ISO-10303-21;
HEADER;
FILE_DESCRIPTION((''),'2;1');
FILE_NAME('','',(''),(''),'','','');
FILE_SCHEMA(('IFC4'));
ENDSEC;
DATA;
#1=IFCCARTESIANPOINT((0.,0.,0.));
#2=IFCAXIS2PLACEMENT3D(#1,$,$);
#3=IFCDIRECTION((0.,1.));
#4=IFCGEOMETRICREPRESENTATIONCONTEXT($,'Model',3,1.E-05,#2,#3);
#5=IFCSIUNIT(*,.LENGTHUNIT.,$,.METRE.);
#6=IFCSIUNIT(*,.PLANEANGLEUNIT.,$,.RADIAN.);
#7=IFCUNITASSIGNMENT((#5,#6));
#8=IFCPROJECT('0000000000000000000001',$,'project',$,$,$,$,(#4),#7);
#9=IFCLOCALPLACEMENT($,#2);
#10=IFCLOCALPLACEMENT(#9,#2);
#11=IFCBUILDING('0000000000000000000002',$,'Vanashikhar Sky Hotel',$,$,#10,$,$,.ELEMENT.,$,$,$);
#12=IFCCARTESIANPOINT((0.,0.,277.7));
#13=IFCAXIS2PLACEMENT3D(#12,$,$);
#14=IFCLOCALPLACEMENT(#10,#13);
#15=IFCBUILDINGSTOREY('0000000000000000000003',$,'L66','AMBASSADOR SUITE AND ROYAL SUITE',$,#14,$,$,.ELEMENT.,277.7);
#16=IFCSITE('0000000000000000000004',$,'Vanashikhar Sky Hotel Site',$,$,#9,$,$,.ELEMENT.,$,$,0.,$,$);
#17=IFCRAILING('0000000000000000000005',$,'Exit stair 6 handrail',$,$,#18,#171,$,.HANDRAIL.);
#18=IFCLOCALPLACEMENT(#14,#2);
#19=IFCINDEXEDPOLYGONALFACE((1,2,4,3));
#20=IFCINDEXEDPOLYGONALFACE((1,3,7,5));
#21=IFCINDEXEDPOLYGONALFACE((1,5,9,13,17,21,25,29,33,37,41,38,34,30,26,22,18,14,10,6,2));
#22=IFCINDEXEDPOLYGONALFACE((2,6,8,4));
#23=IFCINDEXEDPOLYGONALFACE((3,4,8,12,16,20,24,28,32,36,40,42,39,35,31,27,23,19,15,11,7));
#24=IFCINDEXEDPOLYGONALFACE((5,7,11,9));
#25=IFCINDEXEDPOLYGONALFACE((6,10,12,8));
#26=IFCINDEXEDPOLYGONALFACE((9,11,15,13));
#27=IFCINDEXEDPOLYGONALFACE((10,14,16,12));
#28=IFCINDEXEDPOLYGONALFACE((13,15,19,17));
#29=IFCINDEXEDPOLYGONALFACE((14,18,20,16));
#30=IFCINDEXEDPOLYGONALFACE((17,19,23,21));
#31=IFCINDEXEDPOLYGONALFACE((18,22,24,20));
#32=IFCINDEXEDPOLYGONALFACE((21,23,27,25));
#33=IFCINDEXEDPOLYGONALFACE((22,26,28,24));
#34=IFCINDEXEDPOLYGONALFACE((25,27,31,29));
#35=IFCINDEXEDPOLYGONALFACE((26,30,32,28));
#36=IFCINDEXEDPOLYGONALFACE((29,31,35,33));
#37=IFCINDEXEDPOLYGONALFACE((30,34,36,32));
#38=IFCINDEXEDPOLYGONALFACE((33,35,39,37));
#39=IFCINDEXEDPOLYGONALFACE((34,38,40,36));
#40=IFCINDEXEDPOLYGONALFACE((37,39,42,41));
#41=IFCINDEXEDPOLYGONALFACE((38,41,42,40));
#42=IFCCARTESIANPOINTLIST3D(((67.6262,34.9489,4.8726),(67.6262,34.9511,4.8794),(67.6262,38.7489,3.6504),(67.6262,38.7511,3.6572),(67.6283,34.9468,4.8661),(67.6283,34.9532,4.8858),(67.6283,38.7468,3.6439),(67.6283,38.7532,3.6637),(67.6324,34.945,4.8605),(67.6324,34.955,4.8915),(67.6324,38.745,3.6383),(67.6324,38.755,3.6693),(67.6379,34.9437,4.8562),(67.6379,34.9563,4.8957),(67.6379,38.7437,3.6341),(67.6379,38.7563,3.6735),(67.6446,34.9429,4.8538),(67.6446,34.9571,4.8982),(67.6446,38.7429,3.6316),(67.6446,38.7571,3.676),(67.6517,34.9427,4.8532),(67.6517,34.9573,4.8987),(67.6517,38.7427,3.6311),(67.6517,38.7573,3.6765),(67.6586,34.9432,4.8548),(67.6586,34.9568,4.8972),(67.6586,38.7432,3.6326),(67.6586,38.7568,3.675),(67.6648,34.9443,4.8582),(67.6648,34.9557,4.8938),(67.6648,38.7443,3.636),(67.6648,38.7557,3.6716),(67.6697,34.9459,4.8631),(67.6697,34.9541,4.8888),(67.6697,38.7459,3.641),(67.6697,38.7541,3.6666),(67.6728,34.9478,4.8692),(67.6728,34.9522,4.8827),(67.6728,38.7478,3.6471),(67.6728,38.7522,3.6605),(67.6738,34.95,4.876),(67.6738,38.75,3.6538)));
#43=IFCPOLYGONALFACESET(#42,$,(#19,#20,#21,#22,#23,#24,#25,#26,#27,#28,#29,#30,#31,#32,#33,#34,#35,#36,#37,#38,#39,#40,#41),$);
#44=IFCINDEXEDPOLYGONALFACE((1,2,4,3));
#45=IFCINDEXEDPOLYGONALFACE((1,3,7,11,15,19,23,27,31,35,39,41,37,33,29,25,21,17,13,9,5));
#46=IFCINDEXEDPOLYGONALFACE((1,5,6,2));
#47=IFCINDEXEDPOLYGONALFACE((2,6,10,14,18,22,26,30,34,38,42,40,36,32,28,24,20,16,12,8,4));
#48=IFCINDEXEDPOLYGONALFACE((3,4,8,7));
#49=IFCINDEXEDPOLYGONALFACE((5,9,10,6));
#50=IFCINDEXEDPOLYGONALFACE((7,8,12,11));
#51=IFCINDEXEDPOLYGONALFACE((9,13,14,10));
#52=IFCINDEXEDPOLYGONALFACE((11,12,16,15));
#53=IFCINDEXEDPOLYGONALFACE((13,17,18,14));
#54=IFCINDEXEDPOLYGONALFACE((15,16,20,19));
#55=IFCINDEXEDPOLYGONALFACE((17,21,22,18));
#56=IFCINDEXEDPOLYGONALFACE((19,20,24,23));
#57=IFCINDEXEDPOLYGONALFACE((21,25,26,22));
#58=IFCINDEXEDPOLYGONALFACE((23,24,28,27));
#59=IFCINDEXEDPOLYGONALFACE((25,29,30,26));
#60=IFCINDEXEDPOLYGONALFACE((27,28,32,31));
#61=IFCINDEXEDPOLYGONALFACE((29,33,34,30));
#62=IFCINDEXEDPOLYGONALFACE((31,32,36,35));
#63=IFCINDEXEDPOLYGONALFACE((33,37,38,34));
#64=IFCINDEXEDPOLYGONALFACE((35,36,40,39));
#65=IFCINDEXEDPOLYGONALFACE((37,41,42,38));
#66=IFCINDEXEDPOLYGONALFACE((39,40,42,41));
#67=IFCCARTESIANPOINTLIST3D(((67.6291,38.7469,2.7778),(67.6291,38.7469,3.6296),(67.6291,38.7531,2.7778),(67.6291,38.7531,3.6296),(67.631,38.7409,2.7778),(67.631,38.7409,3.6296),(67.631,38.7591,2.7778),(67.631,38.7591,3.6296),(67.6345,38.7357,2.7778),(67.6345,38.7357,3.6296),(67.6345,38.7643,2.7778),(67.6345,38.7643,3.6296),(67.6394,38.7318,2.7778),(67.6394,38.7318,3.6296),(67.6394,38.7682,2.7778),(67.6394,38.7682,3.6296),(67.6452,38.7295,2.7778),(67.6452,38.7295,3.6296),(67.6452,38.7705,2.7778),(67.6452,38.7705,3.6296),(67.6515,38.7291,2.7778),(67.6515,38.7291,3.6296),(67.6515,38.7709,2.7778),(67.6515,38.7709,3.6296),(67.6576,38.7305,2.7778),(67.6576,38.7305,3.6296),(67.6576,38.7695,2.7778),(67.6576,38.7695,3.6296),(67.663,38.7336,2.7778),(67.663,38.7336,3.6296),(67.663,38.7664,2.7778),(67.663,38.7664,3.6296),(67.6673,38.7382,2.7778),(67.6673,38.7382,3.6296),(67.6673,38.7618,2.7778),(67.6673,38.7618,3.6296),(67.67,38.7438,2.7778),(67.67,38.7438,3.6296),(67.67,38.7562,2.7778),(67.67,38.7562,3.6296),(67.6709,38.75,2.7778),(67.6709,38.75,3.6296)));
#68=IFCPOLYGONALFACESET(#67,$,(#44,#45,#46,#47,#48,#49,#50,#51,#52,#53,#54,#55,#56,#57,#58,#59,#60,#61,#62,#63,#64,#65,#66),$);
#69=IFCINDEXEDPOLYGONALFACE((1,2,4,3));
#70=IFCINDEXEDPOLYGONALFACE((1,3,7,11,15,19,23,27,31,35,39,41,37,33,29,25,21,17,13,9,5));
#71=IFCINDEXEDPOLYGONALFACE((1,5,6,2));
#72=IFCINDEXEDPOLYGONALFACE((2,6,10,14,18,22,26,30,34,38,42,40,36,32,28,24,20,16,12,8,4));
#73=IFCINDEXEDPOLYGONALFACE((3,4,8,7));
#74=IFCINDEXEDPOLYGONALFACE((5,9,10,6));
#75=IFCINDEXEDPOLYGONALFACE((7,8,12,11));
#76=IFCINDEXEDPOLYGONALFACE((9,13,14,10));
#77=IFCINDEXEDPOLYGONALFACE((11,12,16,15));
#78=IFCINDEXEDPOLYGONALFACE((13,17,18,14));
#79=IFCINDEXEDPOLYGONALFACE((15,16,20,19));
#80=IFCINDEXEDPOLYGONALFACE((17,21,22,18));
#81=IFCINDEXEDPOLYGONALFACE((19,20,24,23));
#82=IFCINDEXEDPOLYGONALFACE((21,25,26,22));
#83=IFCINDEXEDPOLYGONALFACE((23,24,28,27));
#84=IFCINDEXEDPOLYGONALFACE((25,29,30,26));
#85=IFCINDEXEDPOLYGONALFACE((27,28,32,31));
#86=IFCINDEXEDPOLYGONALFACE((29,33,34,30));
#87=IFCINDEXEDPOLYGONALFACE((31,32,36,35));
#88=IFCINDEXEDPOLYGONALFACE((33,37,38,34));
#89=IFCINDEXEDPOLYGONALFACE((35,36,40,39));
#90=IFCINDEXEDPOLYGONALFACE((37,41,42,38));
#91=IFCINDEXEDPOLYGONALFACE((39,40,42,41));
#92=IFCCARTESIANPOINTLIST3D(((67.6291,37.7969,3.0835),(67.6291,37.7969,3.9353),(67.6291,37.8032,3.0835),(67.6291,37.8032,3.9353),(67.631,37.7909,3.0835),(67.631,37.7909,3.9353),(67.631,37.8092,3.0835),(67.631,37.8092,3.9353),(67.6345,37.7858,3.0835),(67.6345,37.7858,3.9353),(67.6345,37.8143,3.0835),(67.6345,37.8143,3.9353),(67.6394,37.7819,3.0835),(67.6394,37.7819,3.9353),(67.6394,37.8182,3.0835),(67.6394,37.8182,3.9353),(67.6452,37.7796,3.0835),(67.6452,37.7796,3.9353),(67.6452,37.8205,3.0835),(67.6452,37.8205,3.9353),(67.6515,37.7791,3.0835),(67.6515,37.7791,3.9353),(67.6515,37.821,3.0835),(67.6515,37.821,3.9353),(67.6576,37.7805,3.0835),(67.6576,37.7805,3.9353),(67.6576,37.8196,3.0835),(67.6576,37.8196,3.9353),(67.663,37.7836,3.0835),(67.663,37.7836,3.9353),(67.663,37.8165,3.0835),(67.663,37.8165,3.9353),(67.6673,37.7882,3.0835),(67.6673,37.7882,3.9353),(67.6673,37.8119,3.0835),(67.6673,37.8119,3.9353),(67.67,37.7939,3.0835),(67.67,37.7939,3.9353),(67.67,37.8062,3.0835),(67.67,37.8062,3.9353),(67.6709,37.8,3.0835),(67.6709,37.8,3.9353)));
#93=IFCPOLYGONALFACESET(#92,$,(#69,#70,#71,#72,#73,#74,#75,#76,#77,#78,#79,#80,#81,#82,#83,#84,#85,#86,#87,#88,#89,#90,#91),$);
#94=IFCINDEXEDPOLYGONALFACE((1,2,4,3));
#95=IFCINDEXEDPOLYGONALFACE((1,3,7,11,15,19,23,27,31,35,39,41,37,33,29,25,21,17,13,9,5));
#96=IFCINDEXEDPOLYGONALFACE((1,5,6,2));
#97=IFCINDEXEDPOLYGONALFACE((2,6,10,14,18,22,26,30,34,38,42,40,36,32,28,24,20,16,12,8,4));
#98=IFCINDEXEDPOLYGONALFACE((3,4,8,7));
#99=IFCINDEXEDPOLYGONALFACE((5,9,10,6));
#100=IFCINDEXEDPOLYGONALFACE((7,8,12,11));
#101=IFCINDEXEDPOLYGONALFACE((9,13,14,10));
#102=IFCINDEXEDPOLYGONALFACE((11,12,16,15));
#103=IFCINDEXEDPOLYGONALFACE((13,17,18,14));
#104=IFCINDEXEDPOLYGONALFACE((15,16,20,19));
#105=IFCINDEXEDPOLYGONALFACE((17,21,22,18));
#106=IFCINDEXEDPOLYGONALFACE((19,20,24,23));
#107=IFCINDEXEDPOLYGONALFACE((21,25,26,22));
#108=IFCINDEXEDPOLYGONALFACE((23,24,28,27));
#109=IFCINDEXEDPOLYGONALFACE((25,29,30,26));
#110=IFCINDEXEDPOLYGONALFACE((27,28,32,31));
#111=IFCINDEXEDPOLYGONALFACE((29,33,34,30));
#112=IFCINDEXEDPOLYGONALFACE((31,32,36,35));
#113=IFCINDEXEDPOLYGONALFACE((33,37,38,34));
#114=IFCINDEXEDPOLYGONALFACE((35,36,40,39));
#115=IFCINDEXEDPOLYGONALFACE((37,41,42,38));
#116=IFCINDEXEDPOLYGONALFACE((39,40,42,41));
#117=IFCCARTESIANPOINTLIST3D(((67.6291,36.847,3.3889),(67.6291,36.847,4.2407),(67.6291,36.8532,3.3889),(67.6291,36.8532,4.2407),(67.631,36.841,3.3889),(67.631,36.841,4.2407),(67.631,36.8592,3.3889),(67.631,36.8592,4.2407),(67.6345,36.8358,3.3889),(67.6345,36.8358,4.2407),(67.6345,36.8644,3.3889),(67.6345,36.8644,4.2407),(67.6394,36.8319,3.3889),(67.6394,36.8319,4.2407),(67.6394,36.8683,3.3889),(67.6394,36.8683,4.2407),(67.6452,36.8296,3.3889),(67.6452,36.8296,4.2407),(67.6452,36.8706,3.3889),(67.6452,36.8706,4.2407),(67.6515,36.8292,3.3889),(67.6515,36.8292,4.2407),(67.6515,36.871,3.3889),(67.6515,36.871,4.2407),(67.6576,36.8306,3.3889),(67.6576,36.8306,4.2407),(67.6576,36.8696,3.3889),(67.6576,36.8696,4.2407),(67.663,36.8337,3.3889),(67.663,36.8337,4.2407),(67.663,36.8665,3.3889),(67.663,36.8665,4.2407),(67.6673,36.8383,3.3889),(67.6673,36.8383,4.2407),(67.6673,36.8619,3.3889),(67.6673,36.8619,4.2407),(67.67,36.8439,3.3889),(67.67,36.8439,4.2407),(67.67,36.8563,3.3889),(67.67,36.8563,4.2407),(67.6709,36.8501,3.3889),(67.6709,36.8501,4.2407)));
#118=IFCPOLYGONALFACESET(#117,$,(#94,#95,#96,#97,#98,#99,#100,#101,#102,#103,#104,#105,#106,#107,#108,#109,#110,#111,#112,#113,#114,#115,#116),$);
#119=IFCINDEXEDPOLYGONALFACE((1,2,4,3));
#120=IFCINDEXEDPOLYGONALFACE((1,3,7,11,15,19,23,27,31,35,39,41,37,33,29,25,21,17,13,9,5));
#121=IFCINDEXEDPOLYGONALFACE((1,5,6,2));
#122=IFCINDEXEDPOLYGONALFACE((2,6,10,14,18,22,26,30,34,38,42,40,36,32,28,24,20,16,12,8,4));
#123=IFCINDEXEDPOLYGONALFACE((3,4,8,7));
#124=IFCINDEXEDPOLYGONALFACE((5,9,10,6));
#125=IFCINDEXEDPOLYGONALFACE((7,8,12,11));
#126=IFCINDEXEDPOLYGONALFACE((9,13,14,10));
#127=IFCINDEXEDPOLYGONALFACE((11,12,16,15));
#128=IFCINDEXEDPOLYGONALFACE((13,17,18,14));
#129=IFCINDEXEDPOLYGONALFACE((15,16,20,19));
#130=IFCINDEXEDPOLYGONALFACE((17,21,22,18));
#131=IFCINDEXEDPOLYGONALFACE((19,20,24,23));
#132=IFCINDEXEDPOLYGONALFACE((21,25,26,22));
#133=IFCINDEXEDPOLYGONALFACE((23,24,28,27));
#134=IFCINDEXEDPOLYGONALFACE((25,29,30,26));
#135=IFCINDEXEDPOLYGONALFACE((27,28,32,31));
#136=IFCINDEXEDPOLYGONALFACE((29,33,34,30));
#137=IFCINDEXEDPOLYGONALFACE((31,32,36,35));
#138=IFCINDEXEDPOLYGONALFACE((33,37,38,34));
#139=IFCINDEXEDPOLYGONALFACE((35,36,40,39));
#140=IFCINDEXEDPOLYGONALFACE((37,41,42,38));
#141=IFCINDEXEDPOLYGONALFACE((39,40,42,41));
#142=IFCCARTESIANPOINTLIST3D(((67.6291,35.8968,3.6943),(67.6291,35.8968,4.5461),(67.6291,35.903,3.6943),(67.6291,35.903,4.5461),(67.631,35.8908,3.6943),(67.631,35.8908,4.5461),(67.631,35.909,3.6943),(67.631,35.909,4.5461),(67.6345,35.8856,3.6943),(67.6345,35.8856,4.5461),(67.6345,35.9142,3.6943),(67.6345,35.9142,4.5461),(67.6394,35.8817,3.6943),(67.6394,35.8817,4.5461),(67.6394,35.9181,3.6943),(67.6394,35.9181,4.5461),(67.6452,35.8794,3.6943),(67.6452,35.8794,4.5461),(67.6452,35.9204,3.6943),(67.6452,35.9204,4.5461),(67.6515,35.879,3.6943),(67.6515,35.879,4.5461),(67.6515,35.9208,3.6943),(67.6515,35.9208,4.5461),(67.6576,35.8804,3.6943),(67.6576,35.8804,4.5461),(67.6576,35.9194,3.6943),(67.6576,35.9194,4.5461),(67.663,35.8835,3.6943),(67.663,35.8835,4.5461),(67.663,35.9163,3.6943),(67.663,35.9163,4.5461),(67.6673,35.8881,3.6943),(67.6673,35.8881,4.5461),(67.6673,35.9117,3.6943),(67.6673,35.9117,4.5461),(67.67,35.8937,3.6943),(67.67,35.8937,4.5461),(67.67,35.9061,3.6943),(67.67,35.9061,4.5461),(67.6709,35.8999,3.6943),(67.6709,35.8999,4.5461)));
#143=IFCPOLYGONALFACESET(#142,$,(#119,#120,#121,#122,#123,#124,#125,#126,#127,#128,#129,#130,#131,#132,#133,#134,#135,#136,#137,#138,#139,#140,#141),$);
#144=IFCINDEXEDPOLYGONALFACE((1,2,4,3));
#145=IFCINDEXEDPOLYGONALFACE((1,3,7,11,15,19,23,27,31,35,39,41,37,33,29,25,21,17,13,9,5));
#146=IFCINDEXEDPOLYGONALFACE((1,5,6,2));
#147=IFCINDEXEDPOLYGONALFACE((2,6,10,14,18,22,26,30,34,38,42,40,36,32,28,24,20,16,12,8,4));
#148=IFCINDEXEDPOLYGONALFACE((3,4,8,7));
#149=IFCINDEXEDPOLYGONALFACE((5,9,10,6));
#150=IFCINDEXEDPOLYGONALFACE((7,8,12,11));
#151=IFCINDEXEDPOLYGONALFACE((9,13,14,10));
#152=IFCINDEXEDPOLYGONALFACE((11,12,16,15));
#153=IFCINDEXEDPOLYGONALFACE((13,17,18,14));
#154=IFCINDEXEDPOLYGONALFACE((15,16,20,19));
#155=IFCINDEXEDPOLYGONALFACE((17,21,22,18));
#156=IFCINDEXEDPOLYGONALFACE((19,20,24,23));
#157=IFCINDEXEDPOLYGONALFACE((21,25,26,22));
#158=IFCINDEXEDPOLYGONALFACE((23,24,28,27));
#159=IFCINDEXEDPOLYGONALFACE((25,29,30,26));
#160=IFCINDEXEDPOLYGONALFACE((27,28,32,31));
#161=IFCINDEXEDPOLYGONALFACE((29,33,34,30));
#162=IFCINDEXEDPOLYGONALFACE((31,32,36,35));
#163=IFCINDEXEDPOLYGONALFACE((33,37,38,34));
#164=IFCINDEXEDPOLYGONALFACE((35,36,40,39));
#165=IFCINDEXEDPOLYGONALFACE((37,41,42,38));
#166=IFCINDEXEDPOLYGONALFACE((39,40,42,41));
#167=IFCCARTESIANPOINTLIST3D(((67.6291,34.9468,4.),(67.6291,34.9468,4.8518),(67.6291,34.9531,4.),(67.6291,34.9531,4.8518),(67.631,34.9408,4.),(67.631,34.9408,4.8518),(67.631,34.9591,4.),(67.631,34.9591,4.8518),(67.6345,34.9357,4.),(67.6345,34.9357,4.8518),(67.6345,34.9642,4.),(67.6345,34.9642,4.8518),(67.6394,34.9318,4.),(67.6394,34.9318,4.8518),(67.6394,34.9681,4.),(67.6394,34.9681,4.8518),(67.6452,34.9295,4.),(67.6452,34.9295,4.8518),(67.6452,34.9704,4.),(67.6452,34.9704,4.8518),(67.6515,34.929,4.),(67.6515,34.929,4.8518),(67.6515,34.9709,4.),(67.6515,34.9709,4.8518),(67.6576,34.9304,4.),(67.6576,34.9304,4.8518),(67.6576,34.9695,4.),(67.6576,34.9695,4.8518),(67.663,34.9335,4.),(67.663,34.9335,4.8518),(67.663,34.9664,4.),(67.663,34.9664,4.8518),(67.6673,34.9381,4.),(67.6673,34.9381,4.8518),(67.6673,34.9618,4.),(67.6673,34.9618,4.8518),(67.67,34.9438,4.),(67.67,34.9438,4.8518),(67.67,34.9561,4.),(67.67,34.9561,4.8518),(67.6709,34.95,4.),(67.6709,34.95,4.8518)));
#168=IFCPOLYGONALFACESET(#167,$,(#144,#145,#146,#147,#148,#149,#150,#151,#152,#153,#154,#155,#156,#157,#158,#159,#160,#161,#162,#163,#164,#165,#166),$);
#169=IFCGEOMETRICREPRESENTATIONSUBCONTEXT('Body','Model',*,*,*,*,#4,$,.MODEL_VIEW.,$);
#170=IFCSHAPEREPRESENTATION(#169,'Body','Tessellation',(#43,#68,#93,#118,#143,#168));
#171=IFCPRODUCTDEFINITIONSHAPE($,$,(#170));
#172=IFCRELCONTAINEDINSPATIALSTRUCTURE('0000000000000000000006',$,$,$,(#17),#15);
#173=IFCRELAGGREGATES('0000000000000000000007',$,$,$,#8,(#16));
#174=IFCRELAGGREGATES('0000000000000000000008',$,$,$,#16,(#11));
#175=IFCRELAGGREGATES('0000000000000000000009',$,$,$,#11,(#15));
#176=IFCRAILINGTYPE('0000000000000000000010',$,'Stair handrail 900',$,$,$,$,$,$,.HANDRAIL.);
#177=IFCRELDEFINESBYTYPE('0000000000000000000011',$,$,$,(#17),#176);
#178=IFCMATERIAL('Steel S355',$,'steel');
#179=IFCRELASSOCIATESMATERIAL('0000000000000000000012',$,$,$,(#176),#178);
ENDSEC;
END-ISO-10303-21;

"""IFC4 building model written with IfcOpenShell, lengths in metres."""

from ifc_helpers import new_model, si_unit, direction, frame, origin, origin_2d, place, context, subcontext, project, spatial, circle, extrude, source, transform, mapped, material, type_object, element, save


model = new_model("IFC4")

# Units and contexts
model_context = context("Model", 3, precision=1e-05, world=origin(), true_north=direction((0.0, 1.0)))
body_context = subcontext(model_context, "Body", "Model", "MODEL_VIEW")
ifc_project = project(units=[si_unit("LENGTHUNIT", "METRE"), si_unit("PLANEANGLEUNIT", "RADIAN")], contexts=[model_context])

# Site, building, storey
site_placement = place(None, origin())
site = spatial("IfcSite", under=ifc_project, at=site_placement, Name="Vanashikhar Sky Hotel Site", CompositionType="ELEMENT", RefElevation=0.0)
building_placement = place(site_placement, origin())
building = spatial("IfcBuilding", under=site, at=building_placement, Name="Vanashikhar Sky Hotel", CompositionType="ELEMENT")
storey_placement = place(building_placement, frame((0.0, 0.0, 277.7)))
storey = spatial("IfcBuildingStorey", under=building, at=storey_placement, Name="L66", Description="AMBASSADOR SUITE AND ROYAL SUITE", CompositionType="ELEMENT", Elevation=277.7)

# Railing
ifc_material_1 = material(Name="Steel S355", Category="steel")
railing_type = type_object("IfcRailingType", Name="Stair handrail 900", PredefinedType="HANDRAIL", material=ifc_material_1)
shared_shape_1 = source(origin(), body_context, "Body", "SweptSolid", [
    extrude(circle(Radius=0.0239, at=origin_2d()), frame((0.0, 0.0, 0.876), z_axis=(0.0, -0.951976, 0.306173), x_axis=(1.0, 0.0, 0.0)), (0.0, 0.0, 1.0), 3.9917),
    extrude(circle(Radius=0.021, at=origin_2d()), origin(), (0.0, 0.0, 1.0), 0.8518),
    extrude(circle(Radius=0.021, at=origin_2d()), frame((0.0, -0.95, 0.3057)), (0.0, 0.0, 1.0), 0.8518),
    extrude(circle(Radius=0.021, at=origin_2d()), frame((0.0, -1.8999, 0.6111)), (0.0, 0.0, 1.0), 0.8518),
    extrude(circle(Radius=0.021, at=origin_2d()), frame((0.0, -2.8501, 0.9165)), (0.0, 0.0, 1.0), 0.8518),
    extrude(circle(Radius=0.021, at=origin_2d()), frame((0.0, -3.8, 1.2222)), (0.0, 0.0, 1.0), 0.8518),
])
for number, where, name in (
    (1, (67.6499, 38.75, 2.7778), "Exit stair 6 handrail"),
):
    element("IfcRailing", number, at=place(storey_placement, frame(where)), inside=storey, type_object=railing_type, Name=name, PredefinedType="HANDRAIL", context=body_context, shape_type="MappedRepresentation", body=[
        mapped(shared_shape_1, transform((0.0, 0.0, 0.0), scale=1.0)),
    ])

save(model, "model.ifc")
